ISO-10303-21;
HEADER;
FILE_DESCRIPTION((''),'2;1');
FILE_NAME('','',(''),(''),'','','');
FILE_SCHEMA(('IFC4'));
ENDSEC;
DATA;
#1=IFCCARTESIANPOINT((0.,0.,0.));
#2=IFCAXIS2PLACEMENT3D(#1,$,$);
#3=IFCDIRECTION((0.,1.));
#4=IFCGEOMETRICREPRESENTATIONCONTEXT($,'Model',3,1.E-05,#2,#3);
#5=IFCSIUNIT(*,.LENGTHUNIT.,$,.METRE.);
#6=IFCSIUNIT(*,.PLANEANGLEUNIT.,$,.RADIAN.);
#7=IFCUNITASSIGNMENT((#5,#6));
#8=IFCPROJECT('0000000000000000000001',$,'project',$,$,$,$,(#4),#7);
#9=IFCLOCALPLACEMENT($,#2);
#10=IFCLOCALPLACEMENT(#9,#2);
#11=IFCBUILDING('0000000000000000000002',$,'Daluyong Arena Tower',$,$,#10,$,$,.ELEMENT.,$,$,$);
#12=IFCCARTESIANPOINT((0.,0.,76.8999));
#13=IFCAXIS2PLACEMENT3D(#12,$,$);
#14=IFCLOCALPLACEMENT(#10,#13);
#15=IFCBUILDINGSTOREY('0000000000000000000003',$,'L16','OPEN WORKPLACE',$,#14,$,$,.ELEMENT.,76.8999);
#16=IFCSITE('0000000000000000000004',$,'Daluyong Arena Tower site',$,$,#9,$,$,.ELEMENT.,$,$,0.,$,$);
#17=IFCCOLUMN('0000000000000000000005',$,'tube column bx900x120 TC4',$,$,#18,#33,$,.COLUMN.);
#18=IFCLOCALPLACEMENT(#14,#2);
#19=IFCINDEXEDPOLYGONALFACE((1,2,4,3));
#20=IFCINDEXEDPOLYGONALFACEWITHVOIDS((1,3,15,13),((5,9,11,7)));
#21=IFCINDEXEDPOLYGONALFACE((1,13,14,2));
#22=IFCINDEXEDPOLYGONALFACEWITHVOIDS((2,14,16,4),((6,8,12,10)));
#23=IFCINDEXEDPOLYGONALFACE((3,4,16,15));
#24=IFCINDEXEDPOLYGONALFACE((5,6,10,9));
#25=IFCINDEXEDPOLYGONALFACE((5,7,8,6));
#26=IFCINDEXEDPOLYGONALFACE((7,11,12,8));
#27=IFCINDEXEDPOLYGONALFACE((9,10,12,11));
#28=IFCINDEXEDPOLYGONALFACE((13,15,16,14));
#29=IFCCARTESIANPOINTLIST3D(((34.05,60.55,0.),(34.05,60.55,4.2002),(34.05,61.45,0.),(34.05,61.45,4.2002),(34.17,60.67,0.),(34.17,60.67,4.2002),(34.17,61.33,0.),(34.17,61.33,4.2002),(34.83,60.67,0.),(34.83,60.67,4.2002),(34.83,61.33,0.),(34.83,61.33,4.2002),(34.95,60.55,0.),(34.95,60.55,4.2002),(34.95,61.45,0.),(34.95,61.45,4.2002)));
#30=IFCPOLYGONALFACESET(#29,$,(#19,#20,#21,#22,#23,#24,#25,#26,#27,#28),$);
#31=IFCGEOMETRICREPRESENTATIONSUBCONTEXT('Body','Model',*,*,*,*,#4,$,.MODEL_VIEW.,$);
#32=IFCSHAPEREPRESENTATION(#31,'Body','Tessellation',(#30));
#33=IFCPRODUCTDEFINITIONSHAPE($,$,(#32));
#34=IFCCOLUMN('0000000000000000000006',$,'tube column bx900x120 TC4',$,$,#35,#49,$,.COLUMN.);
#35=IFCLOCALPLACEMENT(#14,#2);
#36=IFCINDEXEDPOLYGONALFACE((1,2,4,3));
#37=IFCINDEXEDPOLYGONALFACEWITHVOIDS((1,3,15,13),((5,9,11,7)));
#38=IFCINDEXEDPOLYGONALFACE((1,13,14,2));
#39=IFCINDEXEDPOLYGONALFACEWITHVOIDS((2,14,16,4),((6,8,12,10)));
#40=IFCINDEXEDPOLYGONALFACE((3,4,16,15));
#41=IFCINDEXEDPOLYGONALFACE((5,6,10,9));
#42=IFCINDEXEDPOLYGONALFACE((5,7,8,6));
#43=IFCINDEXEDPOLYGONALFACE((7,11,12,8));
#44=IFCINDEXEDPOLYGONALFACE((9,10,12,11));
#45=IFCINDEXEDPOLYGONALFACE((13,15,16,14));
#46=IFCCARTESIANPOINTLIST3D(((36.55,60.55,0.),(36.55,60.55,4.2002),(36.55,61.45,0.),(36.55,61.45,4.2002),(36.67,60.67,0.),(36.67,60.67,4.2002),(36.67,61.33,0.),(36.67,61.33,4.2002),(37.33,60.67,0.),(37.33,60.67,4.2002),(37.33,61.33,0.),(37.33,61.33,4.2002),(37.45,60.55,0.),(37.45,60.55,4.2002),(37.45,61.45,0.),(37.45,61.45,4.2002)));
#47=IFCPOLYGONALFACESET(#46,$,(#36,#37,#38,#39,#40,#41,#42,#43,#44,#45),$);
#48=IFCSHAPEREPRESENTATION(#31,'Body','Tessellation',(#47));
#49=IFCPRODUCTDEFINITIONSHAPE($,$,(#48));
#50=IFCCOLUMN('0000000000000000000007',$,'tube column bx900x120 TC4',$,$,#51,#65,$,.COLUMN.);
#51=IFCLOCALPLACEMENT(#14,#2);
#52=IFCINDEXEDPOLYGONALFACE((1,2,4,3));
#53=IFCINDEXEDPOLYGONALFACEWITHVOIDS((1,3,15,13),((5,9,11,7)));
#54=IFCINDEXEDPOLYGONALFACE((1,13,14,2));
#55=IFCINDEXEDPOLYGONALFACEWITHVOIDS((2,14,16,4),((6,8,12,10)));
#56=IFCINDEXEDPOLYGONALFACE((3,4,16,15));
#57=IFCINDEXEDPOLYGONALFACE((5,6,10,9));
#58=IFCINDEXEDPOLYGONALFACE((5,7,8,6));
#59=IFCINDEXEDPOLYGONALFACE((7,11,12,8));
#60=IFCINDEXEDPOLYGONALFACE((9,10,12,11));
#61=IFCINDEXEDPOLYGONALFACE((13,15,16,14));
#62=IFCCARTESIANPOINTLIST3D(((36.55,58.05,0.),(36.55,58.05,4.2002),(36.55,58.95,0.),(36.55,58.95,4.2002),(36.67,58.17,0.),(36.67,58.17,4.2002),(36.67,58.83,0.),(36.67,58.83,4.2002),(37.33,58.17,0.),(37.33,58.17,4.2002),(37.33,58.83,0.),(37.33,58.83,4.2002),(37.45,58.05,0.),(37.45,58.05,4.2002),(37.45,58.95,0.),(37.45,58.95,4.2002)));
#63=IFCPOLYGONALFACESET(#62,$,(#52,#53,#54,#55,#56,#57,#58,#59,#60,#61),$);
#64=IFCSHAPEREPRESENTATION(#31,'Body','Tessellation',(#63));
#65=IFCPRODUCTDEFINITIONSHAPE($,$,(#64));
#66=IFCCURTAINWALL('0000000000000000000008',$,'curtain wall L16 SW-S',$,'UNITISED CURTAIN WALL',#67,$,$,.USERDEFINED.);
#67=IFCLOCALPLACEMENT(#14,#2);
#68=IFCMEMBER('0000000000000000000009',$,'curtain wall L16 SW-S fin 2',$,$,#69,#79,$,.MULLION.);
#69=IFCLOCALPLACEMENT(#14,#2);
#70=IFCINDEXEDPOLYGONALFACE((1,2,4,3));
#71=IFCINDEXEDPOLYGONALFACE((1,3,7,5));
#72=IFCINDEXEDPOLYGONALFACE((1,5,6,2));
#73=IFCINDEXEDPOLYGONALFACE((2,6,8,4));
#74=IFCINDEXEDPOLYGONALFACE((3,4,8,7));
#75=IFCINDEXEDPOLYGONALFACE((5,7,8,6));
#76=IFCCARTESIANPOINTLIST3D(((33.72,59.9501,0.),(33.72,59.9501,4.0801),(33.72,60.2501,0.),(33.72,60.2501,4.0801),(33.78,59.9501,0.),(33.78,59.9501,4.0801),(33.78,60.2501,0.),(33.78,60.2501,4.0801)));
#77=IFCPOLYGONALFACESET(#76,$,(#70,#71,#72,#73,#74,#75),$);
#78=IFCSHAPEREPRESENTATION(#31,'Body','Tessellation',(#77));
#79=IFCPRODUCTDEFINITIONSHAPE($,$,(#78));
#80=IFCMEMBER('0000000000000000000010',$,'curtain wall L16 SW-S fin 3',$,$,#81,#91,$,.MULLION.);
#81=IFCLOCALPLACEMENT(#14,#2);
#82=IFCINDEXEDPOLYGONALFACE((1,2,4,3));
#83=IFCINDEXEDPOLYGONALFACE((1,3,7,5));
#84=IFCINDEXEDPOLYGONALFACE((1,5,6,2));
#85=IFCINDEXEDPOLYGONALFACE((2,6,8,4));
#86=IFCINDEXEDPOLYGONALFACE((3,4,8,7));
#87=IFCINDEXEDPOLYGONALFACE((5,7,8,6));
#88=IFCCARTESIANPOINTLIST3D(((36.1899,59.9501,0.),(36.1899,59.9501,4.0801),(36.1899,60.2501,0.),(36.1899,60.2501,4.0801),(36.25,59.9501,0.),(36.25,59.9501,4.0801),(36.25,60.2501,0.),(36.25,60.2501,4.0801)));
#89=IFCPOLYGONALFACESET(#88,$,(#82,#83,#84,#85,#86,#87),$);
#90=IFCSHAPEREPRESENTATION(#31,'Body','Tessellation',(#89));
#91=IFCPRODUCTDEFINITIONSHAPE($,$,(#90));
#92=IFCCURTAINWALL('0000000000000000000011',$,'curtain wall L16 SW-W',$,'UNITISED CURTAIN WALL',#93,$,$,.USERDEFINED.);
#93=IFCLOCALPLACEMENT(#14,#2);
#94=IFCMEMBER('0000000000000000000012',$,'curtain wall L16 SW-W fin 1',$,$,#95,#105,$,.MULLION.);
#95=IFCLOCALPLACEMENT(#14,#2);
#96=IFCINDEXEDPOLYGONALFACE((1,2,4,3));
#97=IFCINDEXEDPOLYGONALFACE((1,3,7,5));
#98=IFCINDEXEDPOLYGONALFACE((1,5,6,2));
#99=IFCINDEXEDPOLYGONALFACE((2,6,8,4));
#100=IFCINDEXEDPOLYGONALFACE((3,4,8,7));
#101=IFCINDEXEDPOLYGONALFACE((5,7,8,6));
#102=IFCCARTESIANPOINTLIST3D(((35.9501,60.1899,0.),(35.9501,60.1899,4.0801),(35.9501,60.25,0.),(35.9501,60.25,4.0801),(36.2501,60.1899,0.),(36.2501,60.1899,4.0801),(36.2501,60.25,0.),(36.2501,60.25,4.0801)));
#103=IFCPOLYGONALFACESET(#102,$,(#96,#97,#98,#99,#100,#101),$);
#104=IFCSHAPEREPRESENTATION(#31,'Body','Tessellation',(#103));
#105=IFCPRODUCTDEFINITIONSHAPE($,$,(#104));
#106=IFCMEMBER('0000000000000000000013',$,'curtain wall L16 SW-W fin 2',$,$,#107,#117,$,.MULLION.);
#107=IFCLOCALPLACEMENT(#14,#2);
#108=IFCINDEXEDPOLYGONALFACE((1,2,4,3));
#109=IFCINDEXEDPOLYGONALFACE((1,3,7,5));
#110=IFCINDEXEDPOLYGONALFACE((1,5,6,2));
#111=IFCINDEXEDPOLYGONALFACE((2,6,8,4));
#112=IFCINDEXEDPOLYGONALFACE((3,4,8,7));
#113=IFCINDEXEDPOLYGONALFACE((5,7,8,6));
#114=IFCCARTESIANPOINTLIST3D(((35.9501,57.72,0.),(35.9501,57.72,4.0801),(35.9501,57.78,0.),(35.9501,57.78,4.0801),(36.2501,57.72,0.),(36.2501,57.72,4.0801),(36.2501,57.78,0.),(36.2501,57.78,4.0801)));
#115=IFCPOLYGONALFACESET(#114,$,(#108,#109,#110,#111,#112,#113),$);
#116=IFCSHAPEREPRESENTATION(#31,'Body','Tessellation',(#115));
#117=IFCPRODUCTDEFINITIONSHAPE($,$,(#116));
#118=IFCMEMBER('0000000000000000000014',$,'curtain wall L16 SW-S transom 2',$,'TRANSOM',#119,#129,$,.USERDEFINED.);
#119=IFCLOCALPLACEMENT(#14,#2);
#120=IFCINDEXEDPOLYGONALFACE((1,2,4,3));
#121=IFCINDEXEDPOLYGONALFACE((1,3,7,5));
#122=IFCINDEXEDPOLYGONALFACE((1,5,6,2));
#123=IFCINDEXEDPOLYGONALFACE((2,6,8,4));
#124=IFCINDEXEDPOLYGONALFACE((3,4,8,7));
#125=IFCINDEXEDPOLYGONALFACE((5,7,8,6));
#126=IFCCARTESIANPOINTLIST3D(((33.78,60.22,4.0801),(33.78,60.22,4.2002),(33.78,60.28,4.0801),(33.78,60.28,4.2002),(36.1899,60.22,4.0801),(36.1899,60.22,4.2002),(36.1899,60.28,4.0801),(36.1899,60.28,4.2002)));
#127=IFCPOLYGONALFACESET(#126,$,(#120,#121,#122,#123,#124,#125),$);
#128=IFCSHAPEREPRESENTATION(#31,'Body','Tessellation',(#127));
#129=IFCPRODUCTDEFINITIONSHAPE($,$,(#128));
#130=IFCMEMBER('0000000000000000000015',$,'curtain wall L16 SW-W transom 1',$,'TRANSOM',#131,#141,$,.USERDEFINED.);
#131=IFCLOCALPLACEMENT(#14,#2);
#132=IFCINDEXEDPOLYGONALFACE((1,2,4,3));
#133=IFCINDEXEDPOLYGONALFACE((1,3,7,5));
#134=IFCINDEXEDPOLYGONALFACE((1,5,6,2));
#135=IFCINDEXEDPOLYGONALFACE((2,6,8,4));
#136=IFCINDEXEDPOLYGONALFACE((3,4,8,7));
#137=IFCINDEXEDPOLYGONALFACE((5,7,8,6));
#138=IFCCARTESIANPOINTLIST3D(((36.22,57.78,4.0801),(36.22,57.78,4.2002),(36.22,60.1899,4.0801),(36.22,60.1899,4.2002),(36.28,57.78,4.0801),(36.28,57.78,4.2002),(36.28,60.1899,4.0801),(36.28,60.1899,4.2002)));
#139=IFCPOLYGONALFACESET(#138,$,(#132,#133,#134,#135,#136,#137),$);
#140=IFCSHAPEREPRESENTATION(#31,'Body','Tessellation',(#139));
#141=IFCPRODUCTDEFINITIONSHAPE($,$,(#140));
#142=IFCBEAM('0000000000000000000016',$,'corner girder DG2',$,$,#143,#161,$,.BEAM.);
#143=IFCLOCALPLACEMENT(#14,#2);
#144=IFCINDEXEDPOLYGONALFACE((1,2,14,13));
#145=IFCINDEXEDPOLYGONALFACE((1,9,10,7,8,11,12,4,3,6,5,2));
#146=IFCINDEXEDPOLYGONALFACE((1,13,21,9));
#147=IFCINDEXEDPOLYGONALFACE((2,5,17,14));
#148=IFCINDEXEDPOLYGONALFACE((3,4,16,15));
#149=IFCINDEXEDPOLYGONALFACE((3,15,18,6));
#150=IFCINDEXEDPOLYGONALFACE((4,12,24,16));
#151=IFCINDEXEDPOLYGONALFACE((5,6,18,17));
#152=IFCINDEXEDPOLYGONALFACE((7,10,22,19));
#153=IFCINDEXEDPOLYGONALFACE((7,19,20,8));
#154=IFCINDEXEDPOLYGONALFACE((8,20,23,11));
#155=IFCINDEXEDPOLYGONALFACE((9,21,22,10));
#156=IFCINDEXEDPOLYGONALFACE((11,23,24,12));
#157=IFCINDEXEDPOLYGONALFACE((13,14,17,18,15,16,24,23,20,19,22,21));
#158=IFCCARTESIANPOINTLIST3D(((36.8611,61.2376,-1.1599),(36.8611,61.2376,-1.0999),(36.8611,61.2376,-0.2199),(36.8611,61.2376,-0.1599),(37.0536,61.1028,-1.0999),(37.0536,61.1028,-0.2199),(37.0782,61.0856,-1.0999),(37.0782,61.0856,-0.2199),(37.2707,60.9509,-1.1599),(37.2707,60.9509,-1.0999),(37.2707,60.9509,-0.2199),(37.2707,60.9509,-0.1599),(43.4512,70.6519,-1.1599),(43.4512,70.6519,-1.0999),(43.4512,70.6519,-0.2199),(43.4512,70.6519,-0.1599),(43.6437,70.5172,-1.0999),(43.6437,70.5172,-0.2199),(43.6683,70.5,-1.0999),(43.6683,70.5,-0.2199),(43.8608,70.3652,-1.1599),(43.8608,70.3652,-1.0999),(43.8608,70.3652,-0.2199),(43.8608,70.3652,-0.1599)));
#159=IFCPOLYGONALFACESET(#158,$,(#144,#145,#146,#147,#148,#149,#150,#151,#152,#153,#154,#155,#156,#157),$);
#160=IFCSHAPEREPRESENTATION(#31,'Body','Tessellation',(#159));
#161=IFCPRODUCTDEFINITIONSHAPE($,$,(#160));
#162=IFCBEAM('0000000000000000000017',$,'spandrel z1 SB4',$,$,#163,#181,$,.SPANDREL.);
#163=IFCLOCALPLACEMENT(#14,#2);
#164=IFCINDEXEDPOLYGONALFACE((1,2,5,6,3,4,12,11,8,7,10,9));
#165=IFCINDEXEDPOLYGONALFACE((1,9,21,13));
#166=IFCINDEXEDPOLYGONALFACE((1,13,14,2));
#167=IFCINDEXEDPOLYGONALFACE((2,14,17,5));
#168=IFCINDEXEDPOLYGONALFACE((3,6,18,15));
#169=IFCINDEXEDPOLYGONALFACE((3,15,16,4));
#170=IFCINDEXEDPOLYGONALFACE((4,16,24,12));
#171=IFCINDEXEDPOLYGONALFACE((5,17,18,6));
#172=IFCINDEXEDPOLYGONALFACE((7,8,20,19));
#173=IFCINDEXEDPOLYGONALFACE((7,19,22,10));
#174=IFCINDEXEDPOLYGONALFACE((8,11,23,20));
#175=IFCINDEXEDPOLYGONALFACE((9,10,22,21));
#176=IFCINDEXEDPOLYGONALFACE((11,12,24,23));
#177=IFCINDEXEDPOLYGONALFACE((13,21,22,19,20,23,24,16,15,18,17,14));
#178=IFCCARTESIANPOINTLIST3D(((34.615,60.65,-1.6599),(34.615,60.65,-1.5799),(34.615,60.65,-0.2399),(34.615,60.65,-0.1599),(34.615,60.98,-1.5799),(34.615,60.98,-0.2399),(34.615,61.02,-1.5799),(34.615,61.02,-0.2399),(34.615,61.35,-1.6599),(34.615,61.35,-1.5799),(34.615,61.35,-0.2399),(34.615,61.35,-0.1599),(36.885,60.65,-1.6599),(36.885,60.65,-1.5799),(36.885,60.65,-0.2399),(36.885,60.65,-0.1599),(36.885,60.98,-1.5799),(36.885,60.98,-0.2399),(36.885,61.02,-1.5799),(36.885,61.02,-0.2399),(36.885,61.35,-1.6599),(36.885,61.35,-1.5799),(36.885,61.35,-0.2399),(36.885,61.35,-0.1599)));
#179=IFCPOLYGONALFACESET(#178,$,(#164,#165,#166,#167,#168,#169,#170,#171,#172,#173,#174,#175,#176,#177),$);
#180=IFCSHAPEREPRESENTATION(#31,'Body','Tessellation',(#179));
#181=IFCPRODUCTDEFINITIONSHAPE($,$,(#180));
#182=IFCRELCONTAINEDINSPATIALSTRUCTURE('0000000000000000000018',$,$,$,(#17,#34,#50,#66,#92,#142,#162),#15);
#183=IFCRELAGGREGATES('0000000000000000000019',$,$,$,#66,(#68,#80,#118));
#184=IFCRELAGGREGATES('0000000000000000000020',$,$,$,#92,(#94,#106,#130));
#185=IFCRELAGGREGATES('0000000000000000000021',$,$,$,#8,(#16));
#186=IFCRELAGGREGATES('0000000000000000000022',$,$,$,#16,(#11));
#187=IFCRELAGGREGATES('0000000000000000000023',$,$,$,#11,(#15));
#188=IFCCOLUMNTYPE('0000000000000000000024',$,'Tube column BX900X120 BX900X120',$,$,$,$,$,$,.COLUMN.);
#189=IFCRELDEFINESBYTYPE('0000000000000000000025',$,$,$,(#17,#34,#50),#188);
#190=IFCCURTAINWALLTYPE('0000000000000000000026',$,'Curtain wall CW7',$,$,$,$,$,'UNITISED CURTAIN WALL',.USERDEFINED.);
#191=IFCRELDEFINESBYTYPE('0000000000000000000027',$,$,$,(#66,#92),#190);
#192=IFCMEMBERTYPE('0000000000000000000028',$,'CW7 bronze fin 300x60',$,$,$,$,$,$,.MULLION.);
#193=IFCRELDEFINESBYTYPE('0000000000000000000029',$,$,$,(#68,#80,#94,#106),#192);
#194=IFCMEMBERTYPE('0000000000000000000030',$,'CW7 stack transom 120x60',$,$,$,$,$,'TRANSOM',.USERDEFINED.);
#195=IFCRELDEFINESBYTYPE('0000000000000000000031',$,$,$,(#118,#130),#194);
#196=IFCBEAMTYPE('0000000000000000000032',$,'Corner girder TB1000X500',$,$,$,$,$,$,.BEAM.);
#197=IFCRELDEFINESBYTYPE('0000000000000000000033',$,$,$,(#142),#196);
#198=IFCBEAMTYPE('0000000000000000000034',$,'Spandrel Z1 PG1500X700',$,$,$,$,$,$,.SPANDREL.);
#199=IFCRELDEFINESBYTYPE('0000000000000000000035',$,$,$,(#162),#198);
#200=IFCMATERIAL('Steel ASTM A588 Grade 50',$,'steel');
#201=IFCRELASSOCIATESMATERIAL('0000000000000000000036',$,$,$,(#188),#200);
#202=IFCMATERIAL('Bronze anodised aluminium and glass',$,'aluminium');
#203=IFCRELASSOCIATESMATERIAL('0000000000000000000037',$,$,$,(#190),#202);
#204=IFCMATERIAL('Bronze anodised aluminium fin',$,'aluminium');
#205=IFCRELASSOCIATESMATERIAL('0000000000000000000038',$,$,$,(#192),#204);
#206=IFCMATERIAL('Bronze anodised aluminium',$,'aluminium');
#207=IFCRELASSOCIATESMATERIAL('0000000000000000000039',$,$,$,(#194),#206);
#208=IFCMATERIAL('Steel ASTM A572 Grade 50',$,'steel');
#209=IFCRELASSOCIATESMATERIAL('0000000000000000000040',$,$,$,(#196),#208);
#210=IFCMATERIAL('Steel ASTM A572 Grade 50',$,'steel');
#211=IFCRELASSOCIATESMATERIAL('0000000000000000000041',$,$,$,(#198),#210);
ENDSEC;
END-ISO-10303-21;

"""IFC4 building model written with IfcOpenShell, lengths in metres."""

from ifc_helpers import new_model, si_unit, direction, frame, origin, origin_2d, place, context, subcontext, project, spatial, rectangle, hollow_rectangle, i_section, extrude, material, material_profile, profile_set, type_object, element, aggregate, save


model = new_model("IFC4")

# Units and contexts
model_context = context("Model", 3, precision=1e-05, world=origin(), true_north=direction((0.0, 1.0)))
body_context = subcontext(model_context, "Body", "Model", "MODEL_VIEW")
ifc_project = project(units=[si_unit("LENGTHUNIT", "METRE"), si_unit("PLANEANGLEUNIT", "RADIAN")], contexts=[model_context])

# Site, building, storey
site_placement = place(None, origin())
site = spatial("IfcSite", under=ifc_project, at=site_placement, Name="Daluyong Arena Tower site", CompositionType="ELEMENT", RefElevation=0.0)
building_placement = place(site_placement, origin())
building = spatial("IfcBuilding", under=site, at=building_placement, Name="Daluyong Arena Tower", CompositionType="ELEMENT")
storey_placement = place(building_placement, frame((0.0, 0.0, 76.8999)))
storey = spatial("IfcBuildingStorey", under=building, at=storey_placement, Name="L16", Description="OPEN WORKPLACE", CompositionType="ELEMENT", Elevation=76.8999)

# Columns
ifc_material_1 = material(Name="Steel ASTM A588 Grade 50", Category="steel")
ifc_material_profile_1 = material_profile(ifc_material_1, hollow_rectangle(XDim=0.8999, YDim=0.8999, WallThickness=0.12, at=origin_2d()))
ifc_profile_set_1 = profile_set([ifc_material_profile_1], Name="Steel ASTM A588 Grade 50")
column_type = type_object("IfcColumnType", Name="Tube column BX900X120 BX900X120", PredefinedType="COLUMN", material=ifc_profile_set_1)
for number, where, z_axis, x_axis, name in (
    (1, (34.5, 61.0, 0.0), (0.0, 0.0, 1.0), (1.0, 0.0, 0.0), "tube column bx900x120 TC4"),
    (2, (37.0, 61.0, 0.0), (0.0, 0.0, 1.0), (0.0, 1.0, 0.0), "tube column bx900x120 TC4"),
    (3, (37.0, 58.5, 0.0), (0.0, 0.0, 1.0), (0.0, 1.0, 0.0), "tube column bx900x120 TC4"),
):
    element("IfcColumn", number, at=place(storey_placement, frame(where, z_axis=z_axis, x_axis=x_axis)), inside=storey, type_object=column_type, Name=name, PredefinedType="COLUMN", context=body_context, shape_type="SweptSolid", body=[
        extrude(hollow_rectangle(XDim=0.8999, YDim=0.8999, WallThickness=0.12, at=origin_2d()), origin(), (0.0, 0.0, 1.0), 4.2002),
    ])

# Curtain walls, members
ifc_material_2 = material(Name="Bronze anodised aluminium and glass", Category="aluminium")
curtain_wall_type = type_object("IfcCurtainWallType", Name="Curtain wall CW7", ElementType="UNITISED CURTAIN WALL", PredefinedType="USERDEFINED", material=ifc_material_2)
curtain_wall_1_placement = place(storey_placement, origin())
curtain_wall_1 = element("IfcCurtainWall", 4, at=curtain_wall_1_placement, inside=storey, type_object=curtain_wall_type, Name="curtain wall L16 SW-S", ObjectType="UNITISED CURTAIN WALL", PredefinedType="USERDEFINED")
ifc_material_3 = material(Name="Bronze anodised aluminium fin", Category="aluminium")
ifc_material_profile_2 = material_profile(ifc_material_3, rectangle(XDim=0.3, YDim=0.0601, at=origin_2d()))
ifc_profile_set_2 = profile_set([ifc_material_profile_2], Name="Bronze anodised aluminium fin")
member_type_1 = type_object("IfcMemberType", Name="CW7 bronze fin 300x60", PredefinedType="MULLION", material=ifc_profile_set_2)
member_1_placement = place(storey_placement, frame((33.75, 60.1001, 0.0), z_axis=(0.0, 0.0, 1.0), x_axis=(0.0, 1.0, 0.0)))
member_1 = element("IfcMember", 5, at=member_1_placement, type_object=member_type_1, Name="curtain wall L16 SW-S fin 2", PredefinedType="MULLION", context=body_context, shape_type="SweptSolid", body=[
    extrude(rectangle(XDim=0.3, YDim=0.0601, at=origin_2d()), origin(), (0.0, 0.0, 1.0), 4.0801),
])
member_2_placement = place(storey_placement, frame((36.22, 60.1001, 0.0), z_axis=(0.0, 0.0, 1.0), x_axis=(0.0, 1.0, 0.0)))
member_2 = element("IfcMember", 6, at=member_2_placement, type_object=member_type_1, Name="curtain wall L16 SW-S fin 3", PredefinedType="MULLION", context=body_context, shape_type="SweptSolid", body=[
    extrude(rectangle(XDim=0.3, YDim=0.0601, at=origin_2d()), origin(), (0.0, 0.0, 1.0), 4.0801),
])
curtain_wall_2_placement = place(storey_placement, origin())
curtain_wall_2 = element("IfcCurtainWall", 7, at=curtain_wall_2_placement, inside=storey, type_object=curtain_wall_type, Name="curtain wall L16 SW-W", ObjectType="UNITISED CURTAIN WALL", PredefinedType="USERDEFINED")
member_3_placement = place(storey_placement, frame((36.1001, 60.22, 0.0), z_axis=(0.0, 0.0, 1.0), x_axis=(1.0, 0.0, 0.0)))
member_3 = element("IfcMember", 8, at=member_3_placement, type_object=member_type_1, Name="curtain wall L16 SW-W fin 1", PredefinedType="MULLION", context=body_context, shape_type="SweptSolid", body=[
    extrude(rectangle(XDim=0.3, YDim=0.0601, at=origin_2d()), origin(), (0.0, 0.0, 1.0), 4.0801),
])
member_4_placement = place(storey_placement, frame((36.1001, 57.75, 0.0), z_axis=(0.0, 0.0, 1.0), x_axis=(1.0, 0.0, 0.0)))
member_4 = element("IfcMember", 9, at=member_4_placement, type_object=member_type_1, Name="curtain wall L16 SW-W fin 2", PredefinedType="MULLION", context=body_context, shape_type="SweptSolid", body=[
    extrude(rectangle(XDim=0.3, YDim=0.0601, at=origin_2d()), origin(), (0.0, 0.0, 1.0), 4.0801),
])

# Members
ifc_material_4 = material(Name="Bronze anodised aluminium", Category="aluminium")
ifc_material_profile_3 = material_profile(ifc_material_4, rectangle(XDim=0.0601, YDim=0.1201, at=origin_2d()))
ifc_profile_set_3 = profile_set([ifc_material_profile_3], Name="Bronze anodised aluminium")
member_type_2 = type_object("IfcMemberType", Name="CW7 stack transom 120x60", ElementType="TRANSOM", PredefinedType="USERDEFINED", material=ifc_profile_set_3)
member_5_placement = place(storey_placement, frame((33.78, 60.25, 4.1401), z_axis=(1.0, 0.0, 0.0), x_axis=(0.0, 1.0, 0.0)))
member_5 = element("IfcMember", 10, at=member_5_placement, type_object=member_type_2, Name="curtain wall L16 SW-S transom 2", ObjectType="TRANSOM", PredefinedType="USERDEFINED", context=body_context, shape_type="SweptSolid", body=[
    extrude(rectangle(XDim=0.0601, YDim=0.1201, at=origin_2d()), origin(), (0.0, 0.0, 1.0), 2.4099),
])
member_6_placement = place(storey_placement, frame((36.25, 60.1899, 4.1401), z_axis=(0.0, -1.0, 0.0), x_axis=(1.0, 0.0, 0.0)))
member_6 = element("IfcMember", 11, at=member_6_placement, type_object=member_type_2, Name="curtain wall L16 SW-W transom 1", ObjectType="TRANSOM", PredefinedType="USERDEFINED", context=body_context, shape_type="SweptSolid", body=[
    extrude(rectangle(XDim=0.0601, YDim=0.1201, at=origin_2d()), origin(), (0.0, 0.0, 1.0), 2.4099),
])

# Beams
ifc_material_5 = material(Name="Steel ASTM A572 Grade 50", Category="steel")
ifc_material_profile_4 = material_profile(ifc_material_5, i_section(OverallWidth=0.5, OverallDepth=1.0, WebThickness=0.03, FlangeThickness=0.06, at=origin_2d()))
ifc_profile_set_4 = profile_set([ifc_material_profile_4], Name="Steel ASTM A572 Grade 50")
beam_type_1 = type_object("IfcBeamType", Name="Corner girder TB1000X500", PredefinedType="BEAM", material=ifc_profile_set_4)
beam_placement = place(storey_placement, frame((37.0659, 61.0942, -0.6599), z_axis=(0.573467, 0.819229, 0.0), x_axis=(-0.819229, 0.573467, 0.0)))
element("IfcBeam", 12, at=beam_placement, inside=storey, type_object=beam_type_1, Name="corner girder DG2", PredefinedType="BEAM", context=body_context, shape_type="SweptSolid", body=[
    extrude(i_section(OverallWidth=0.5, OverallDepth=1.0, WebThickness=0.03, FlangeThickness=0.06, at=origin_2d()), origin(), (0.0, 0.0, 1.0), 11.4917),
])
ifc_material_6 = material(Name="Steel ASTM A572 Grade 50", Category="steel")
ifc_material_profile_5 = material_profile(ifc_material_6, i_section(OverallWidth=0.7, OverallDepth=1.5, WebThickness=0.04, FlangeThickness=0.08, at=origin_2d()))
ifc_profile_set_5 = profile_set([ifc_material_profile_5], Name="Steel ASTM A572 Grade 50")
beam_type_2 = type_object("IfcBeamType", Name="Spandrel Z1 PG1500X700", PredefinedType="SPANDREL", material=ifc_profile_set_5)
for number, where, z_axis, x_axis, name in (
    (13, (34.615, 61.0, -0.9099), (1.0, 0.0, 0.0), (0.0, 1.0, 0.0), "spandrel z1 SB4"),
):
    element("IfcBeam", number, at=place(storey_placement, frame(where, z_axis=z_axis, x_axis=x_axis)), inside=storey, type_object=beam_type_2, Name=name, PredefinedType="SPANDREL", context=body_context, shape_type="SweptSolid", body=[
        extrude(i_section(OverallWidth=0.7, OverallDepth=1.5, WebThickness=0.04, FlangeThickness=0.08, at=origin_2d()), origin(), (0.0, 0.0, 1.0), 2.27),
    ])

aggregate(curtain_wall_1, [member_1, member_2, member_5])
aggregate(curtain_wall_2, [member_3, member_4, member_6])

save(model, "model.ifc")
